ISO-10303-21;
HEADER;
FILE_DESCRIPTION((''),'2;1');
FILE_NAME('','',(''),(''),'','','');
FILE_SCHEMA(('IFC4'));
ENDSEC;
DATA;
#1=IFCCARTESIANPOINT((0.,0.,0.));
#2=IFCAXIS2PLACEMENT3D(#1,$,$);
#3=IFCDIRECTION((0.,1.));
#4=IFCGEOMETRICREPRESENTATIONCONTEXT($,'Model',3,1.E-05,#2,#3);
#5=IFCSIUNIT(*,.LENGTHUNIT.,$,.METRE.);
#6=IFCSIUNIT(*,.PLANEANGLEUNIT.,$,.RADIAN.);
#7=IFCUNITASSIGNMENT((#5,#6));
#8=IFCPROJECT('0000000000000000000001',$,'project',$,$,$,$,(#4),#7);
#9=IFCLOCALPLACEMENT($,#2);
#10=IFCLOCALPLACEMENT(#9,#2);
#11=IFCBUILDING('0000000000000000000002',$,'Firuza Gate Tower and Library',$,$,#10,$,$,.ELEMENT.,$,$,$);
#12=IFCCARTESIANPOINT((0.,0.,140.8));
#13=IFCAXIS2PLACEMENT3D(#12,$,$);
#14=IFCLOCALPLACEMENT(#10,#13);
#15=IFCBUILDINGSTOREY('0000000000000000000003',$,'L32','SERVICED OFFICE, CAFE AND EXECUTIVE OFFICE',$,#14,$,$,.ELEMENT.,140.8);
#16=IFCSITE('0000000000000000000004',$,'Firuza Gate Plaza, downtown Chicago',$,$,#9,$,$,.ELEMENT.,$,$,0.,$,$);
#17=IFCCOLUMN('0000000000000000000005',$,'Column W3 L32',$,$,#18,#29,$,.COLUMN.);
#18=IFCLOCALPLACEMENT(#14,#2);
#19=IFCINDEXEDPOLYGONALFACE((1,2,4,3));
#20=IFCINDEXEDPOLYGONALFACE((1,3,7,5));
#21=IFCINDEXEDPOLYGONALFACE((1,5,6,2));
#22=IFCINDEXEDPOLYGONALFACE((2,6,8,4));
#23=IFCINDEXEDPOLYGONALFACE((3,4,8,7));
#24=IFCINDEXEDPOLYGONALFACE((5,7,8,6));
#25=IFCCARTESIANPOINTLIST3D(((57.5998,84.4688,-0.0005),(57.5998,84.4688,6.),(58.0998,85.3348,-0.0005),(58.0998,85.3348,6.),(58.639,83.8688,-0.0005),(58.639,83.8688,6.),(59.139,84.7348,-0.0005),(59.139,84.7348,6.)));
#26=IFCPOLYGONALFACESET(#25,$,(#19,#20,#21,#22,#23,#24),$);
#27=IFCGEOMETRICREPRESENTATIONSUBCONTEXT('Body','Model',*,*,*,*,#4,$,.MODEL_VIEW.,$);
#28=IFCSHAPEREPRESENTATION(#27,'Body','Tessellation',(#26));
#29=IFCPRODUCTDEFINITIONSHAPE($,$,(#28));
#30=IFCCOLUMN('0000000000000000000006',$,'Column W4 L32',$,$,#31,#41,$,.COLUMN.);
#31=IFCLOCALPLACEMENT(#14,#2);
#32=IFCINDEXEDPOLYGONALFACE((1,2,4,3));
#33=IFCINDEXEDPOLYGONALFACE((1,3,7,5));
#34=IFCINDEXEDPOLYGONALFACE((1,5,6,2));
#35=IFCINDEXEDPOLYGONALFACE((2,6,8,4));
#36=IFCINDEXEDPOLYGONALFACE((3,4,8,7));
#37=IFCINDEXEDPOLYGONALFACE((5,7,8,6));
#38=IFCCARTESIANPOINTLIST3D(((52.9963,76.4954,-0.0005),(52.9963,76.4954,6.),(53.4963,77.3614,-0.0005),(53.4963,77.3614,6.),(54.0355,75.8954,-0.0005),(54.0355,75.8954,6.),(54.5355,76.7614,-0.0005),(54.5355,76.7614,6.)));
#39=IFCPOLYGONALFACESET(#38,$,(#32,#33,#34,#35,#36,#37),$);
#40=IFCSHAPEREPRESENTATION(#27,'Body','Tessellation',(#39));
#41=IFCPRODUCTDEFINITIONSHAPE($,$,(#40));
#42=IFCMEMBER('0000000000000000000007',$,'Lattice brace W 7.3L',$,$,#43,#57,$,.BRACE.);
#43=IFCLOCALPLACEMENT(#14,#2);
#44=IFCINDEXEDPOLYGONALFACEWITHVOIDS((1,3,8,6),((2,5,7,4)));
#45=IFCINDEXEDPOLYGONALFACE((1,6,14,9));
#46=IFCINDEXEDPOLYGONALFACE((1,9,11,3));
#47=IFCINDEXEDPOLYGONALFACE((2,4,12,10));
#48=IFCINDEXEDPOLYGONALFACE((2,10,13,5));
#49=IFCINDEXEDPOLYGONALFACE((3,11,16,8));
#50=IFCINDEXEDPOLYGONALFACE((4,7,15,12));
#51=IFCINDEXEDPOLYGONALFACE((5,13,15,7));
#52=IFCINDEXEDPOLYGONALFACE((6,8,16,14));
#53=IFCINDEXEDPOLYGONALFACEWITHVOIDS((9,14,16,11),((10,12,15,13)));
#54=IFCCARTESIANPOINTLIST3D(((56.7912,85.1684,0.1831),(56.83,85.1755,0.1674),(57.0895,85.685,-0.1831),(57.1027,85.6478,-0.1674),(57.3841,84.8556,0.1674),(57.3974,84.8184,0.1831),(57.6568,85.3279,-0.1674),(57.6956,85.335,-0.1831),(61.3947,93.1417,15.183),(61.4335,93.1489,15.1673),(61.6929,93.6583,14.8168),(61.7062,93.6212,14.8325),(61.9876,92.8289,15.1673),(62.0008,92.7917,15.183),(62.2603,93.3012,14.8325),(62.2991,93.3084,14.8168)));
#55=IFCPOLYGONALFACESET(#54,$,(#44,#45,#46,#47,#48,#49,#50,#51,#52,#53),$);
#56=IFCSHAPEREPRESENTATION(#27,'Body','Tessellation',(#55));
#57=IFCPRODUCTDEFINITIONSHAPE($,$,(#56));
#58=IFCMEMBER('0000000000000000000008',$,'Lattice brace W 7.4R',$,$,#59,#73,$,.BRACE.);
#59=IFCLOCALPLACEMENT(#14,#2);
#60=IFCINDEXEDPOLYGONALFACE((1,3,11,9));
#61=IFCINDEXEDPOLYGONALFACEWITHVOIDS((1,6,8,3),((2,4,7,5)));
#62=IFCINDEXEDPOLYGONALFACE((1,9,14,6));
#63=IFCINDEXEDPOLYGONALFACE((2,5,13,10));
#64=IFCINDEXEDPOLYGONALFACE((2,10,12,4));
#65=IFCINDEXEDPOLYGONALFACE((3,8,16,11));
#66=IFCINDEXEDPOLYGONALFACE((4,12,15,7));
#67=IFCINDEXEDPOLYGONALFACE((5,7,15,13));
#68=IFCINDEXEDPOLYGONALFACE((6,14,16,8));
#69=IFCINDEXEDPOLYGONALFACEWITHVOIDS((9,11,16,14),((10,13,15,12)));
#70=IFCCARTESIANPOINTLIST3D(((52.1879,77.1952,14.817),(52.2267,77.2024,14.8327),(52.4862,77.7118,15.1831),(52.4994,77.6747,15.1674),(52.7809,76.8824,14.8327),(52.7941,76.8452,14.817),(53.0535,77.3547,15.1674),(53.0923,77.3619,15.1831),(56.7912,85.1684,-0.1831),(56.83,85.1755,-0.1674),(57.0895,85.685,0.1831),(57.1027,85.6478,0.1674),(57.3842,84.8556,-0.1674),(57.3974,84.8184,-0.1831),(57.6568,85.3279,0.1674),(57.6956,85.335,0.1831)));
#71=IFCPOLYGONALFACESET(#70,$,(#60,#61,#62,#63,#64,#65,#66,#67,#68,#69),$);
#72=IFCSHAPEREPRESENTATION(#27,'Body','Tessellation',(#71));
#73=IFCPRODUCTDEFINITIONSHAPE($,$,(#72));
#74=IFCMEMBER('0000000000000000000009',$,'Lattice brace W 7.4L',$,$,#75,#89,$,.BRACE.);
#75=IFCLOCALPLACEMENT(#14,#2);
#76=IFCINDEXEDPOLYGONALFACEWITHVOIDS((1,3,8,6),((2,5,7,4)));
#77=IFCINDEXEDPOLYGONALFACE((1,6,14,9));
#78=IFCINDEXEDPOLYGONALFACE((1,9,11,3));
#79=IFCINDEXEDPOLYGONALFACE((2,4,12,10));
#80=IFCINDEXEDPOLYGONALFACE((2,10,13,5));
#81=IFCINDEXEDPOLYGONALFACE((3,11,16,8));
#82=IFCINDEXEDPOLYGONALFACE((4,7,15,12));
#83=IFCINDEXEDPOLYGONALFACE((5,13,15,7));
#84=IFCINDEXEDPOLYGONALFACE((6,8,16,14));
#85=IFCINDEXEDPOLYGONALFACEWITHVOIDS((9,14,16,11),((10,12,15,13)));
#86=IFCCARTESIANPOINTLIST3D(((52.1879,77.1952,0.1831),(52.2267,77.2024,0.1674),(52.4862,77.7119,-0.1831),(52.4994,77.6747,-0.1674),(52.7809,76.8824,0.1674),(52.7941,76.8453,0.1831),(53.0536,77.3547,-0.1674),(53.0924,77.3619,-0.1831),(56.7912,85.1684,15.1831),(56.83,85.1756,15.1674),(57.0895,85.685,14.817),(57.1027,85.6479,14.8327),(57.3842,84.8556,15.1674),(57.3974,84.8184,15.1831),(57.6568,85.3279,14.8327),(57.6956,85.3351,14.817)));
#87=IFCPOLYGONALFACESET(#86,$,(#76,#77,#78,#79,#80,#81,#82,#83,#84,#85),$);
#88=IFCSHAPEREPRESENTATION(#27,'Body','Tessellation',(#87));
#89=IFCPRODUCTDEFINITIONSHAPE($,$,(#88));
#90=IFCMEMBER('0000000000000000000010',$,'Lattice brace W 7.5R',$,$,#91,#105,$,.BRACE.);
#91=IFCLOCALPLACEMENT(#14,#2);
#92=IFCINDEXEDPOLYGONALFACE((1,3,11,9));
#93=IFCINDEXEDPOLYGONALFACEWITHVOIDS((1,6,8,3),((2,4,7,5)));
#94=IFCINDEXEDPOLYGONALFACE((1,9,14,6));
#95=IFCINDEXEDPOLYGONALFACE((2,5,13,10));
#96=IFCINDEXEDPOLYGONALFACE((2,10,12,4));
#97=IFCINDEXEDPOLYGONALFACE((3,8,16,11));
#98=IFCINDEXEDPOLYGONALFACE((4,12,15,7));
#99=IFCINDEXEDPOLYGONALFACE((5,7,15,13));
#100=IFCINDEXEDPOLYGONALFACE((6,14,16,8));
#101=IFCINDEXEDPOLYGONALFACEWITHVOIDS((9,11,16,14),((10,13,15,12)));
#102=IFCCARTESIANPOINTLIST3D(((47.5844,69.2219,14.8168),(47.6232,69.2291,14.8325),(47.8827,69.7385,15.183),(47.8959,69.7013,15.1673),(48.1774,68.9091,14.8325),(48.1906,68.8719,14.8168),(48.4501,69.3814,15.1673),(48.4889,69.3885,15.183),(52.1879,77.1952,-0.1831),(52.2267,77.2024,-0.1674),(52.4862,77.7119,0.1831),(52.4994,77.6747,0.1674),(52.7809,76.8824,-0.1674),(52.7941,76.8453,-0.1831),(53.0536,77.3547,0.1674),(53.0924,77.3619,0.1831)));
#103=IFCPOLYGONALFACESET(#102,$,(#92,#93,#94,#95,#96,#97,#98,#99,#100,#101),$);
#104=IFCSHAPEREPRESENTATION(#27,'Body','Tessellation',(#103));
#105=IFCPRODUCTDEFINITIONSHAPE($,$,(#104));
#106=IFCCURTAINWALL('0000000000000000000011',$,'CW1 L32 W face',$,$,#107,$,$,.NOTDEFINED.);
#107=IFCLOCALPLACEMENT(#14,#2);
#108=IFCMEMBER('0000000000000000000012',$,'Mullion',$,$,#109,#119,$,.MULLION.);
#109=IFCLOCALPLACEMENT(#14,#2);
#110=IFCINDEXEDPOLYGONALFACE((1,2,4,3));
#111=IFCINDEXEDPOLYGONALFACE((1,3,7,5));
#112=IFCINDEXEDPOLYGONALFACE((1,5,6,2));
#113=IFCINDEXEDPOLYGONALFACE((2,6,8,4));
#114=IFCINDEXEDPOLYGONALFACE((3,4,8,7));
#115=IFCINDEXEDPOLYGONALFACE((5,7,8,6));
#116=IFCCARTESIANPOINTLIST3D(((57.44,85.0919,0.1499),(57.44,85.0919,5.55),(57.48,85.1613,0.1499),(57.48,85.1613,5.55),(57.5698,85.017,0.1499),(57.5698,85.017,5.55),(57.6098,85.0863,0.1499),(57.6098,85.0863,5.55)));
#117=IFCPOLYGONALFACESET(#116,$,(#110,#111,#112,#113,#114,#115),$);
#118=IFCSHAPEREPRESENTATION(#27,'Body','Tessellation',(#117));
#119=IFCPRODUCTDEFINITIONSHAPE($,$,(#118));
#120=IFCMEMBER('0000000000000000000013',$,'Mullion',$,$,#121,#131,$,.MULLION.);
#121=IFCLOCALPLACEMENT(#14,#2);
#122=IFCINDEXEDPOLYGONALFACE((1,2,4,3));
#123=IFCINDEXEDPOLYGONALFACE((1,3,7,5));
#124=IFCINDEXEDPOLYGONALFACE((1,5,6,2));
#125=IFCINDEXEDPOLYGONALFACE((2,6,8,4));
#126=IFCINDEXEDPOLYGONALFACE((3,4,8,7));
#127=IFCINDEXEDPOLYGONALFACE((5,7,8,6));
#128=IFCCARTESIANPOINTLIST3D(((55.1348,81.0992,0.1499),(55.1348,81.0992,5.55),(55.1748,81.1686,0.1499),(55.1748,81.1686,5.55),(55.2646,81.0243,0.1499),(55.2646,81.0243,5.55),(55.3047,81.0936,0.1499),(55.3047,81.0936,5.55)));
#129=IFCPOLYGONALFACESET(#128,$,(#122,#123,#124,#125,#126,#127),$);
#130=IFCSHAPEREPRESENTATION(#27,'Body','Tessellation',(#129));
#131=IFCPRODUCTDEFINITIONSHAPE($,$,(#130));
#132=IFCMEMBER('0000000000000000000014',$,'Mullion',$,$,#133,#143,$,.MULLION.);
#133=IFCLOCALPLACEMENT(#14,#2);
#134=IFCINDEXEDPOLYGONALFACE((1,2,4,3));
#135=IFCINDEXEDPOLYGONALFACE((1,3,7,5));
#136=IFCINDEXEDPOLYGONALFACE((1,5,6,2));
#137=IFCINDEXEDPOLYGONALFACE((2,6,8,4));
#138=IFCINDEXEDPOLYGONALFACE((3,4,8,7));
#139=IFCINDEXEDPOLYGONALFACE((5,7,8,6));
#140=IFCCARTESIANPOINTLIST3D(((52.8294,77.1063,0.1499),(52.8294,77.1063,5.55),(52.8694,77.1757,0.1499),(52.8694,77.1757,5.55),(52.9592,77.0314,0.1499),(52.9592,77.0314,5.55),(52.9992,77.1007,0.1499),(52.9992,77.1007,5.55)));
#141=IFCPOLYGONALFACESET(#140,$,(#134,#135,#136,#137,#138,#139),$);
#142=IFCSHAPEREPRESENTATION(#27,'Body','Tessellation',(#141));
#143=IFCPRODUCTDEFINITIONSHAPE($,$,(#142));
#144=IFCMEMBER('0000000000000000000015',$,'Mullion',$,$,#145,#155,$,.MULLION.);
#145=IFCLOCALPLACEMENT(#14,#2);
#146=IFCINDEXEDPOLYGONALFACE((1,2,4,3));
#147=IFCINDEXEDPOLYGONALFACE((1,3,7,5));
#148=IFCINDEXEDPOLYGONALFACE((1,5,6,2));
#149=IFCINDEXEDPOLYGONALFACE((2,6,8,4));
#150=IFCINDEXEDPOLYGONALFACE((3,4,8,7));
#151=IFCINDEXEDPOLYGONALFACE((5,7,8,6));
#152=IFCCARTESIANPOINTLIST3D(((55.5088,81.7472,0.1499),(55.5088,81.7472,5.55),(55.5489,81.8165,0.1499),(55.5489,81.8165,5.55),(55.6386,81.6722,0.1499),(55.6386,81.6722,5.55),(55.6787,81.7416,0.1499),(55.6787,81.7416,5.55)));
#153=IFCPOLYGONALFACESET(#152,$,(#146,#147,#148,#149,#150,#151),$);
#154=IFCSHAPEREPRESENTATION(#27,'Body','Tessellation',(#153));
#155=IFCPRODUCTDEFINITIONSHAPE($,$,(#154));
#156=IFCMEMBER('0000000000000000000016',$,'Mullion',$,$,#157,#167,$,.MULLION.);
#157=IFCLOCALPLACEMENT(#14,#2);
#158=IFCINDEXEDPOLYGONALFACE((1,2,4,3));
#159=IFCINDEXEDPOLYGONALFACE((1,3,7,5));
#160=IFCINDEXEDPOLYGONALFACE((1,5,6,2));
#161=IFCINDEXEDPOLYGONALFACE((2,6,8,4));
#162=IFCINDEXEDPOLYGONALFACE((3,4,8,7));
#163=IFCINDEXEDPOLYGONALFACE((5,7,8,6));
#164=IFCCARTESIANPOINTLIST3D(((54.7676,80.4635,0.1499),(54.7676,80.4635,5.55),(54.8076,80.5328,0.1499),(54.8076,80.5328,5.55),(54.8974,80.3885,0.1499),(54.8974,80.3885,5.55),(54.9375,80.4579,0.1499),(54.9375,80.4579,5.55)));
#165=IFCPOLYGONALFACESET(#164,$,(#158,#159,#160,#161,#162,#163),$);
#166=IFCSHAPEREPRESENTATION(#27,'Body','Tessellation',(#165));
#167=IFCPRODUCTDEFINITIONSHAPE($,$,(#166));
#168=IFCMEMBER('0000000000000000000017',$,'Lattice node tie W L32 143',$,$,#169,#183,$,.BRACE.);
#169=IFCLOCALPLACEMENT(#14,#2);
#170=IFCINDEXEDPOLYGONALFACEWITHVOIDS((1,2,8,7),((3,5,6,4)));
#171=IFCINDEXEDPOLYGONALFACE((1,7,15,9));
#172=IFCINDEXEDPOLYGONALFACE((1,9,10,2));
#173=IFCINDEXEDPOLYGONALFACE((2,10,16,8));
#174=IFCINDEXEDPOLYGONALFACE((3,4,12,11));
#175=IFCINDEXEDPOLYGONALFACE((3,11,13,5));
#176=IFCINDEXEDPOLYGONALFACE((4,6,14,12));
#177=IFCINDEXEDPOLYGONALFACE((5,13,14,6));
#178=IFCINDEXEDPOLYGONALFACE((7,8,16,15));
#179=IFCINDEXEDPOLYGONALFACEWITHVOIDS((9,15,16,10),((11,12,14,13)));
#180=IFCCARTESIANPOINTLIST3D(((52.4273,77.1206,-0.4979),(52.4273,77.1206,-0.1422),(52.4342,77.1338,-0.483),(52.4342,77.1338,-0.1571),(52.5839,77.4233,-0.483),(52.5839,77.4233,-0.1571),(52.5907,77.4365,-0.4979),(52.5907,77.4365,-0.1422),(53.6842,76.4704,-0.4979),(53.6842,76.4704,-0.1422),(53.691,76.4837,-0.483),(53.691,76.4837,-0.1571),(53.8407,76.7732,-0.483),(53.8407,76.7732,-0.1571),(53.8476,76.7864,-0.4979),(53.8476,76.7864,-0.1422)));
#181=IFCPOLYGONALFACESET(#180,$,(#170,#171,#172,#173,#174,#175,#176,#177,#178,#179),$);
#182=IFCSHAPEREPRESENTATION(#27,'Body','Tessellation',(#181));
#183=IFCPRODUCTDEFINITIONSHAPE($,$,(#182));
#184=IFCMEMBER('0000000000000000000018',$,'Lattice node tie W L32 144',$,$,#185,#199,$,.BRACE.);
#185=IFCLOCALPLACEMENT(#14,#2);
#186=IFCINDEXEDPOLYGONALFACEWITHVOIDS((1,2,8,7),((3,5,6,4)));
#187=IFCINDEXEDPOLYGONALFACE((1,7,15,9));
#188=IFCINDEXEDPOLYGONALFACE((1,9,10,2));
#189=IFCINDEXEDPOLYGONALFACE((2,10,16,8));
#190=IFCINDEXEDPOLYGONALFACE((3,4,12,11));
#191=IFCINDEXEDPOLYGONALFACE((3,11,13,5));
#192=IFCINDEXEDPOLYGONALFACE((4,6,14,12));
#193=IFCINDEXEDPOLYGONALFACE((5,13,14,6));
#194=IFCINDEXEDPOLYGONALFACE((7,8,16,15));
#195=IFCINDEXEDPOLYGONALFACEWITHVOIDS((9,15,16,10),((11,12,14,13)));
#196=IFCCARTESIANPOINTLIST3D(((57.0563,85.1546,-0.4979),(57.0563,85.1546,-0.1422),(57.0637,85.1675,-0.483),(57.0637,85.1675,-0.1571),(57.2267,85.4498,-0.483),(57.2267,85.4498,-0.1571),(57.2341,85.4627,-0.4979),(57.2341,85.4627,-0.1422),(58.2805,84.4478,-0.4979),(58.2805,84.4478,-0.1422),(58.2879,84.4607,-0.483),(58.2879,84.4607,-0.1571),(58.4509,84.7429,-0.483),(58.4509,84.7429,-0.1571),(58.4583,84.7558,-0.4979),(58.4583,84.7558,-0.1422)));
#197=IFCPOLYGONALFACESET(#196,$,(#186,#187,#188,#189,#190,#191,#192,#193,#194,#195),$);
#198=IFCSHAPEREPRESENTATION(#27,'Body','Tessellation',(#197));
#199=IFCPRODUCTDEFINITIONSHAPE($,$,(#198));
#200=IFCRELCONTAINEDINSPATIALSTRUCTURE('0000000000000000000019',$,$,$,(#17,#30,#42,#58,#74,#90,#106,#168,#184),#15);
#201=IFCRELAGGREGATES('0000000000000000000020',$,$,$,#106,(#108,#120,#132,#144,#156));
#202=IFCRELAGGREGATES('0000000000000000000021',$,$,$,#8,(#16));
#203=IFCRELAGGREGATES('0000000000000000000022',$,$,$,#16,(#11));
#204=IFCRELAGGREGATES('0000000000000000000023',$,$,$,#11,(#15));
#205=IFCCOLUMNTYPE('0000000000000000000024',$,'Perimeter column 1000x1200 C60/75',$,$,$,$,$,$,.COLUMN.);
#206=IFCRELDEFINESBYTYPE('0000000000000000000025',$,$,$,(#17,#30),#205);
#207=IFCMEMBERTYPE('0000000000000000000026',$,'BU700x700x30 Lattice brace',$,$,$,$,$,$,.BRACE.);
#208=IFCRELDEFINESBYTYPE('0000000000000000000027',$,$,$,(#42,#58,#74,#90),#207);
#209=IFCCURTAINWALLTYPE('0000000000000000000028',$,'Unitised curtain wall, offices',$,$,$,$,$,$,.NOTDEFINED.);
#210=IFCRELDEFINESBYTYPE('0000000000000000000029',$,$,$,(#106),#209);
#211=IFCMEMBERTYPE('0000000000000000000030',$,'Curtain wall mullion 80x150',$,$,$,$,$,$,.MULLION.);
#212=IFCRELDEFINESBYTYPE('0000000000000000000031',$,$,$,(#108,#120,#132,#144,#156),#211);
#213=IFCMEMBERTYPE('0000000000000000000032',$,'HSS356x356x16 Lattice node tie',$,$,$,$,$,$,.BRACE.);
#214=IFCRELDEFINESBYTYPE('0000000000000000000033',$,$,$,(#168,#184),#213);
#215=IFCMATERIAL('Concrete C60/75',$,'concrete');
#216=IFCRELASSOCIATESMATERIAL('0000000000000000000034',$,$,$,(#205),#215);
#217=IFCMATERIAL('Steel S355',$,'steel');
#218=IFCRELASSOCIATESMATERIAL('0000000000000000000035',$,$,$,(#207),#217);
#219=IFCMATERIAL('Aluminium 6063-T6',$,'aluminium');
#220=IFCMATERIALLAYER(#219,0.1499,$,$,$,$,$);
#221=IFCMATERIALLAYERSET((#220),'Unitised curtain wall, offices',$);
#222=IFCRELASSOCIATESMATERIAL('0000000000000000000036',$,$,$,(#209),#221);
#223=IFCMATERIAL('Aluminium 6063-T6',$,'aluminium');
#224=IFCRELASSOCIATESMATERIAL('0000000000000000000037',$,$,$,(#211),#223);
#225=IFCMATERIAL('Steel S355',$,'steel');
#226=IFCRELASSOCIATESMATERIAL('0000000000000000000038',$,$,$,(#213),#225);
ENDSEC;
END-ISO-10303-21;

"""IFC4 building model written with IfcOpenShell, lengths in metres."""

from ifc_helpers import new_model, si_unit, direction, frame, origin, origin_2d, place, context, subcontext, project, spatial, rectangle, hollow_rectangle, extrude, material, layer, layer_set, material_profile, profile_set, type_object, element, aggregate, save


model = new_model("IFC4")

# Units and contexts
model_context = context("Model", 3, precision=1e-05, world=origin(), true_north=direction((0.0, 1.0)))
body_context = subcontext(model_context, "Body", "Model", "MODEL_VIEW")
ifc_project = project(units=[si_unit("LENGTHUNIT", "METRE"), si_unit("PLANEANGLEUNIT", "RADIAN")], contexts=[model_context])

# Site, building, storey
site_placement = place(None, origin())
site = spatial("IfcSite", under=ifc_project, at=site_placement, Name="Firuza Gate Plaza, downtown Chicago", CompositionType="ELEMENT", RefElevation=0.0)
building_placement = place(site_placement, origin())
building = spatial("IfcBuilding", under=site, at=building_placement, Name="Firuza Gate Tower and Library", CompositionType="ELEMENT")
storey_placement = place(building_placement, frame((0.0, 0.0, 140.8)))
storey = spatial("IfcBuildingStorey", under=building, at=storey_placement, Name="L32", Description="SERVICED OFFICE, CAFE AND EXECUTIVE OFFICE", CompositionType="ELEMENT", Elevation=140.8)

# Columns
ifc_material_1 = material(Name="Concrete C60/75", Category="concrete")
ifc_material_profile_1 = material_profile(ifc_material_1, rectangle(XDim=1.0, YDim=1.2, at=origin_2d()))
ifc_profile_set_1 = profile_set([ifc_material_profile_1], Name="Concrete C60/75")
column_type = type_object("IfcColumnType", Name="Perimeter column 1000x1200 C60/75", PredefinedType="COLUMN", material=ifc_profile_set_1)
for number, where, z_axis, x_axis, name in (
    (1, (58.3694, 84.6018, -0.0005), (0.0, 0.0, 1.0), (-0.5, -0.866025, 0.0), "Column W3 L32"),
    (2, (53.7659, 76.6284, -0.0005), (0.0, 0.0, 1.0), (-0.5, -0.866025, 0.0), "Column W4 L32"),
):
    element("IfcColumn", number, at=place(storey_placement, frame(where, z_axis=z_axis, x_axis=x_axis)), inside=storey, type_object=column_type, Name=name, PredefinedType="COLUMN", context=body_context, shape_type="SweptSolid", body=[
        extrude(rectangle(XDim=1.0, YDim=1.2, at=origin_2d()), origin(), (0.0, 0.0, 1.0), 6.0005),
    ])

# Members
ifc_material_2 = material(Name="Steel S355", Category="steel")
ifc_material_profile_2 = material_profile(ifc_material_2, hollow_rectangle(XDim=0.7, YDim=0.7, WallThickness=0.03, at=origin_2d()))
ifc_profile_set_2 = profile_set([ifc_material_profile_2], Name="Steel S355")
member_type_1 = type_object("IfcMemberType", Name="BU700x700x30 Lattice brace", PredefinedType="BRACE", material=ifc_profile_set_2)
for number, where, z_axis, x_axis, name in (
    (3, (57.2434, 85.2517, 0.0), (0.26156, 0.453028, 0.852263), (-0.866022, 0.500006, 0.0), "Lattice brace W 7.3L"),
    (4, (57.2434, 85.2517, 0.0), (-0.261549, -0.453019, 0.852271), (0.866027, -0.499998, 0.0), "Lattice brace W 7.4R"),
    (5, (52.6401, 77.2786, 0.0), (0.261549, 0.453019, 0.852271), (-0.866027, 0.499998, 0.0), "Lattice brace W 7.4L"),
    (6, (52.6401, 77.2786, 0.0), (-0.26156, -0.453028, 0.852263), (0.866022, -0.500006, 0.0), "Lattice brace W 7.5R"),
):
    element("IfcMember", number, at=place(storey_placement, frame(where, z_axis=z_axis, x_axis=x_axis)), inside=storey, type_object=member_type_1, Name=name, PredefinedType="BRACE", context=body_context, shape_type="SweptSolid", body=[
        extrude(hollow_rectangle(XDim=0.7, YDim=0.7, WallThickness=0.03, at=origin_2d()), origin(), (0.0, 0.0, 1.0), 17.6001),
    ])

# Curtain wall, members
ifc_material_3 = material(Name="Aluminium 6063-T6", Category="aluminium")
ifc_layer_1 = layer(ifc_material_3, 0.1499)
ifc_layer_set_1 = layer_set([ifc_layer_1], Name="Unitised curtain wall, offices")
curtain_wall_type = type_object("IfcCurtainWallType", Name="Unitised curtain wall, offices", PredefinedType="NOTDEFINED", material=ifc_layer_set_1)
curtain_wall_placement = place(storey_placement, origin())
curtain_wall = element("IfcCurtainWall", 7, at=curtain_wall_placement, inside=storey, type_object=curtain_wall_type, Name="CW1 L32 W face", PredefinedType="NOTDEFINED")
ifc_material_4 = material(Name="Aluminium 6063-T6", Category="aluminium")
ifc_material_profile_3 = material_profile(ifc_material_4, rectangle(XDim=0.1499, YDim=0.0801, at=origin_2d()))
ifc_profile_set_3 = profile_set([ifc_material_profile_3], Name="Aluminium 6063-T6")
member_type_2 = type_object("IfcMemberType", Name="Curtain wall mullion 80x150", PredefinedType="MULLION", material=ifc_profile_set_3)
member_1_placement = place(storey_placement, frame((57.5249, 85.0891, 0.1499), z_axis=(0.0, 0.0, 1.0), x_axis=(0.866025, -0.5, 0.0)))
member_1 = element("IfcMember", 8, at=member_1_placement, type_object=member_type_2, Name="Mullion", PredefinedType="MULLION", context=body_context, shape_type="SweptSolid", body=[
    extrude(rectangle(XDim=0.1499, YDim=0.0801, at=origin_2d()), origin(), (0.0, 0.0, 1.0), 5.4001),
])
member_2_placement = place(storey_placement, frame((55.2197, 81.0964, 0.1499), z_axis=(0.0, 0.0, 1.0), x_axis=(0.866025, -0.5, 0.0)))
member_2 = element("IfcMember", 9, at=member_2_placement, type_object=member_type_2, Name="Mullion", PredefinedType="MULLION", context=body_context, shape_type="SweptSolid", body=[
    extrude(rectangle(XDim=0.1499, YDim=0.0801, at=origin_2d()), origin(), (0.0, 0.0, 1.0), 5.4001),
])
member_3_placement = place(storey_placement, frame((52.9143, 77.1035, 0.1499), z_axis=(0.0, 0.0, 1.0), x_axis=(0.866025, -0.5, 0.0)))
member_3 = element("IfcMember", 10, at=member_3_placement, type_object=member_type_2, Name="Mullion", PredefinedType="MULLION", context=body_context, shape_type="SweptSolid", body=[
    extrude(rectangle(XDim=0.1499, YDim=0.0801, at=origin_2d()), origin(), (0.0, 0.0, 1.0), 5.4001),
])
member_4_placement = place(storey_placement, frame((55.5938, 81.7444, 0.1499), z_axis=(0.0, 0.0, 1.0), x_axis=(0.866025, -0.5, 0.0)))
member_4 = element("IfcMember", 11, at=member_4_placement, type_object=member_type_2, Name="Mullion", PredefinedType="MULLION", context=body_context, shape_type="SweptSolid", body=[
    extrude(rectangle(XDim=0.1499, YDim=0.0801, at=origin_2d()), origin(), (0.0, 0.0, 1.0), 5.4001),
])
member_5_placement = place(storey_placement, frame((54.8525, 80.4607, 0.1499), z_axis=(0.0, 0.0, 1.0), x_axis=(0.866025, -0.5, 0.0)))
member_5 = element("IfcMember", 12, at=member_5_placement, type_object=member_type_2, Name="Mullion", PredefinedType="MULLION", context=body_context, shape_type="SweptSolid", body=[
    extrude(rectangle(XDim=0.1499, YDim=0.0801, at=origin_2d()), origin(), (0.0, 0.0, 1.0), 5.4001),
])

# Members
ifc_material_5 = material(Name="Steel S355", Category="steel")
ifc_material_profile_4 = material_profile(ifc_material_5, hollow_rectangle(XDim=0.3557, YDim=0.3557, WallThickness=0.0149, at=origin_2d()))
ifc_profile_set_4 = profile_set([ifc_material_profile_4], Name="Steel S355")
member_type_3 = type_object("IfcMemberType", Name="HSS356x356x16 Lattice node tie", PredefinedType="BRACE", material=ifc_profile_set_4)
member_6_placement = place(storey_placement, frame((53.7659, 76.6284, -0.3201), z_axis=(-0.888201, 0.459456, 0.0), x_axis=(-0.459456, -0.888201, 0.0)))
element("IfcMember", 13, at=member_6_placement, inside=storey, type_object=member_type_3, Name="Lattice node tie W L32 143", PredefinedType="BRACE", context=body_context, shape_type="SweptSolid", body=[
    extrude(hollow_rectangle(XDim=0.3557, YDim=0.3557, WallThickness=0.0149, at=origin_2d()), origin(), (0.0, 0.0, 1.0), 1.415),
])
member_7_placement = place(storey_placement, frame((58.3694, 84.6018, -0.3201), z_axis=(-0.866013, 0.500021, 0.0), x_axis=(-0.500021, -0.866013, 0.0)))
element("IfcMember", 14, at=member_7_placement, inside=storey, type_object=member_type_3, Name="Lattice node tie W L32 144", PredefinedType="BRACE", context=body_context, shape_type="SweptSolid", body=[
    extrude(hollow_rectangle(XDim=0.3557, YDim=0.3557, WallThickness=0.0149, at=origin_2d()), origin(), (0.0, 0.0, 1.0), 1.4136),
])

aggregate(curtain_wall, [member_1, member_2, member_3, member_4, member_5])

save(model, "model.ifc")
